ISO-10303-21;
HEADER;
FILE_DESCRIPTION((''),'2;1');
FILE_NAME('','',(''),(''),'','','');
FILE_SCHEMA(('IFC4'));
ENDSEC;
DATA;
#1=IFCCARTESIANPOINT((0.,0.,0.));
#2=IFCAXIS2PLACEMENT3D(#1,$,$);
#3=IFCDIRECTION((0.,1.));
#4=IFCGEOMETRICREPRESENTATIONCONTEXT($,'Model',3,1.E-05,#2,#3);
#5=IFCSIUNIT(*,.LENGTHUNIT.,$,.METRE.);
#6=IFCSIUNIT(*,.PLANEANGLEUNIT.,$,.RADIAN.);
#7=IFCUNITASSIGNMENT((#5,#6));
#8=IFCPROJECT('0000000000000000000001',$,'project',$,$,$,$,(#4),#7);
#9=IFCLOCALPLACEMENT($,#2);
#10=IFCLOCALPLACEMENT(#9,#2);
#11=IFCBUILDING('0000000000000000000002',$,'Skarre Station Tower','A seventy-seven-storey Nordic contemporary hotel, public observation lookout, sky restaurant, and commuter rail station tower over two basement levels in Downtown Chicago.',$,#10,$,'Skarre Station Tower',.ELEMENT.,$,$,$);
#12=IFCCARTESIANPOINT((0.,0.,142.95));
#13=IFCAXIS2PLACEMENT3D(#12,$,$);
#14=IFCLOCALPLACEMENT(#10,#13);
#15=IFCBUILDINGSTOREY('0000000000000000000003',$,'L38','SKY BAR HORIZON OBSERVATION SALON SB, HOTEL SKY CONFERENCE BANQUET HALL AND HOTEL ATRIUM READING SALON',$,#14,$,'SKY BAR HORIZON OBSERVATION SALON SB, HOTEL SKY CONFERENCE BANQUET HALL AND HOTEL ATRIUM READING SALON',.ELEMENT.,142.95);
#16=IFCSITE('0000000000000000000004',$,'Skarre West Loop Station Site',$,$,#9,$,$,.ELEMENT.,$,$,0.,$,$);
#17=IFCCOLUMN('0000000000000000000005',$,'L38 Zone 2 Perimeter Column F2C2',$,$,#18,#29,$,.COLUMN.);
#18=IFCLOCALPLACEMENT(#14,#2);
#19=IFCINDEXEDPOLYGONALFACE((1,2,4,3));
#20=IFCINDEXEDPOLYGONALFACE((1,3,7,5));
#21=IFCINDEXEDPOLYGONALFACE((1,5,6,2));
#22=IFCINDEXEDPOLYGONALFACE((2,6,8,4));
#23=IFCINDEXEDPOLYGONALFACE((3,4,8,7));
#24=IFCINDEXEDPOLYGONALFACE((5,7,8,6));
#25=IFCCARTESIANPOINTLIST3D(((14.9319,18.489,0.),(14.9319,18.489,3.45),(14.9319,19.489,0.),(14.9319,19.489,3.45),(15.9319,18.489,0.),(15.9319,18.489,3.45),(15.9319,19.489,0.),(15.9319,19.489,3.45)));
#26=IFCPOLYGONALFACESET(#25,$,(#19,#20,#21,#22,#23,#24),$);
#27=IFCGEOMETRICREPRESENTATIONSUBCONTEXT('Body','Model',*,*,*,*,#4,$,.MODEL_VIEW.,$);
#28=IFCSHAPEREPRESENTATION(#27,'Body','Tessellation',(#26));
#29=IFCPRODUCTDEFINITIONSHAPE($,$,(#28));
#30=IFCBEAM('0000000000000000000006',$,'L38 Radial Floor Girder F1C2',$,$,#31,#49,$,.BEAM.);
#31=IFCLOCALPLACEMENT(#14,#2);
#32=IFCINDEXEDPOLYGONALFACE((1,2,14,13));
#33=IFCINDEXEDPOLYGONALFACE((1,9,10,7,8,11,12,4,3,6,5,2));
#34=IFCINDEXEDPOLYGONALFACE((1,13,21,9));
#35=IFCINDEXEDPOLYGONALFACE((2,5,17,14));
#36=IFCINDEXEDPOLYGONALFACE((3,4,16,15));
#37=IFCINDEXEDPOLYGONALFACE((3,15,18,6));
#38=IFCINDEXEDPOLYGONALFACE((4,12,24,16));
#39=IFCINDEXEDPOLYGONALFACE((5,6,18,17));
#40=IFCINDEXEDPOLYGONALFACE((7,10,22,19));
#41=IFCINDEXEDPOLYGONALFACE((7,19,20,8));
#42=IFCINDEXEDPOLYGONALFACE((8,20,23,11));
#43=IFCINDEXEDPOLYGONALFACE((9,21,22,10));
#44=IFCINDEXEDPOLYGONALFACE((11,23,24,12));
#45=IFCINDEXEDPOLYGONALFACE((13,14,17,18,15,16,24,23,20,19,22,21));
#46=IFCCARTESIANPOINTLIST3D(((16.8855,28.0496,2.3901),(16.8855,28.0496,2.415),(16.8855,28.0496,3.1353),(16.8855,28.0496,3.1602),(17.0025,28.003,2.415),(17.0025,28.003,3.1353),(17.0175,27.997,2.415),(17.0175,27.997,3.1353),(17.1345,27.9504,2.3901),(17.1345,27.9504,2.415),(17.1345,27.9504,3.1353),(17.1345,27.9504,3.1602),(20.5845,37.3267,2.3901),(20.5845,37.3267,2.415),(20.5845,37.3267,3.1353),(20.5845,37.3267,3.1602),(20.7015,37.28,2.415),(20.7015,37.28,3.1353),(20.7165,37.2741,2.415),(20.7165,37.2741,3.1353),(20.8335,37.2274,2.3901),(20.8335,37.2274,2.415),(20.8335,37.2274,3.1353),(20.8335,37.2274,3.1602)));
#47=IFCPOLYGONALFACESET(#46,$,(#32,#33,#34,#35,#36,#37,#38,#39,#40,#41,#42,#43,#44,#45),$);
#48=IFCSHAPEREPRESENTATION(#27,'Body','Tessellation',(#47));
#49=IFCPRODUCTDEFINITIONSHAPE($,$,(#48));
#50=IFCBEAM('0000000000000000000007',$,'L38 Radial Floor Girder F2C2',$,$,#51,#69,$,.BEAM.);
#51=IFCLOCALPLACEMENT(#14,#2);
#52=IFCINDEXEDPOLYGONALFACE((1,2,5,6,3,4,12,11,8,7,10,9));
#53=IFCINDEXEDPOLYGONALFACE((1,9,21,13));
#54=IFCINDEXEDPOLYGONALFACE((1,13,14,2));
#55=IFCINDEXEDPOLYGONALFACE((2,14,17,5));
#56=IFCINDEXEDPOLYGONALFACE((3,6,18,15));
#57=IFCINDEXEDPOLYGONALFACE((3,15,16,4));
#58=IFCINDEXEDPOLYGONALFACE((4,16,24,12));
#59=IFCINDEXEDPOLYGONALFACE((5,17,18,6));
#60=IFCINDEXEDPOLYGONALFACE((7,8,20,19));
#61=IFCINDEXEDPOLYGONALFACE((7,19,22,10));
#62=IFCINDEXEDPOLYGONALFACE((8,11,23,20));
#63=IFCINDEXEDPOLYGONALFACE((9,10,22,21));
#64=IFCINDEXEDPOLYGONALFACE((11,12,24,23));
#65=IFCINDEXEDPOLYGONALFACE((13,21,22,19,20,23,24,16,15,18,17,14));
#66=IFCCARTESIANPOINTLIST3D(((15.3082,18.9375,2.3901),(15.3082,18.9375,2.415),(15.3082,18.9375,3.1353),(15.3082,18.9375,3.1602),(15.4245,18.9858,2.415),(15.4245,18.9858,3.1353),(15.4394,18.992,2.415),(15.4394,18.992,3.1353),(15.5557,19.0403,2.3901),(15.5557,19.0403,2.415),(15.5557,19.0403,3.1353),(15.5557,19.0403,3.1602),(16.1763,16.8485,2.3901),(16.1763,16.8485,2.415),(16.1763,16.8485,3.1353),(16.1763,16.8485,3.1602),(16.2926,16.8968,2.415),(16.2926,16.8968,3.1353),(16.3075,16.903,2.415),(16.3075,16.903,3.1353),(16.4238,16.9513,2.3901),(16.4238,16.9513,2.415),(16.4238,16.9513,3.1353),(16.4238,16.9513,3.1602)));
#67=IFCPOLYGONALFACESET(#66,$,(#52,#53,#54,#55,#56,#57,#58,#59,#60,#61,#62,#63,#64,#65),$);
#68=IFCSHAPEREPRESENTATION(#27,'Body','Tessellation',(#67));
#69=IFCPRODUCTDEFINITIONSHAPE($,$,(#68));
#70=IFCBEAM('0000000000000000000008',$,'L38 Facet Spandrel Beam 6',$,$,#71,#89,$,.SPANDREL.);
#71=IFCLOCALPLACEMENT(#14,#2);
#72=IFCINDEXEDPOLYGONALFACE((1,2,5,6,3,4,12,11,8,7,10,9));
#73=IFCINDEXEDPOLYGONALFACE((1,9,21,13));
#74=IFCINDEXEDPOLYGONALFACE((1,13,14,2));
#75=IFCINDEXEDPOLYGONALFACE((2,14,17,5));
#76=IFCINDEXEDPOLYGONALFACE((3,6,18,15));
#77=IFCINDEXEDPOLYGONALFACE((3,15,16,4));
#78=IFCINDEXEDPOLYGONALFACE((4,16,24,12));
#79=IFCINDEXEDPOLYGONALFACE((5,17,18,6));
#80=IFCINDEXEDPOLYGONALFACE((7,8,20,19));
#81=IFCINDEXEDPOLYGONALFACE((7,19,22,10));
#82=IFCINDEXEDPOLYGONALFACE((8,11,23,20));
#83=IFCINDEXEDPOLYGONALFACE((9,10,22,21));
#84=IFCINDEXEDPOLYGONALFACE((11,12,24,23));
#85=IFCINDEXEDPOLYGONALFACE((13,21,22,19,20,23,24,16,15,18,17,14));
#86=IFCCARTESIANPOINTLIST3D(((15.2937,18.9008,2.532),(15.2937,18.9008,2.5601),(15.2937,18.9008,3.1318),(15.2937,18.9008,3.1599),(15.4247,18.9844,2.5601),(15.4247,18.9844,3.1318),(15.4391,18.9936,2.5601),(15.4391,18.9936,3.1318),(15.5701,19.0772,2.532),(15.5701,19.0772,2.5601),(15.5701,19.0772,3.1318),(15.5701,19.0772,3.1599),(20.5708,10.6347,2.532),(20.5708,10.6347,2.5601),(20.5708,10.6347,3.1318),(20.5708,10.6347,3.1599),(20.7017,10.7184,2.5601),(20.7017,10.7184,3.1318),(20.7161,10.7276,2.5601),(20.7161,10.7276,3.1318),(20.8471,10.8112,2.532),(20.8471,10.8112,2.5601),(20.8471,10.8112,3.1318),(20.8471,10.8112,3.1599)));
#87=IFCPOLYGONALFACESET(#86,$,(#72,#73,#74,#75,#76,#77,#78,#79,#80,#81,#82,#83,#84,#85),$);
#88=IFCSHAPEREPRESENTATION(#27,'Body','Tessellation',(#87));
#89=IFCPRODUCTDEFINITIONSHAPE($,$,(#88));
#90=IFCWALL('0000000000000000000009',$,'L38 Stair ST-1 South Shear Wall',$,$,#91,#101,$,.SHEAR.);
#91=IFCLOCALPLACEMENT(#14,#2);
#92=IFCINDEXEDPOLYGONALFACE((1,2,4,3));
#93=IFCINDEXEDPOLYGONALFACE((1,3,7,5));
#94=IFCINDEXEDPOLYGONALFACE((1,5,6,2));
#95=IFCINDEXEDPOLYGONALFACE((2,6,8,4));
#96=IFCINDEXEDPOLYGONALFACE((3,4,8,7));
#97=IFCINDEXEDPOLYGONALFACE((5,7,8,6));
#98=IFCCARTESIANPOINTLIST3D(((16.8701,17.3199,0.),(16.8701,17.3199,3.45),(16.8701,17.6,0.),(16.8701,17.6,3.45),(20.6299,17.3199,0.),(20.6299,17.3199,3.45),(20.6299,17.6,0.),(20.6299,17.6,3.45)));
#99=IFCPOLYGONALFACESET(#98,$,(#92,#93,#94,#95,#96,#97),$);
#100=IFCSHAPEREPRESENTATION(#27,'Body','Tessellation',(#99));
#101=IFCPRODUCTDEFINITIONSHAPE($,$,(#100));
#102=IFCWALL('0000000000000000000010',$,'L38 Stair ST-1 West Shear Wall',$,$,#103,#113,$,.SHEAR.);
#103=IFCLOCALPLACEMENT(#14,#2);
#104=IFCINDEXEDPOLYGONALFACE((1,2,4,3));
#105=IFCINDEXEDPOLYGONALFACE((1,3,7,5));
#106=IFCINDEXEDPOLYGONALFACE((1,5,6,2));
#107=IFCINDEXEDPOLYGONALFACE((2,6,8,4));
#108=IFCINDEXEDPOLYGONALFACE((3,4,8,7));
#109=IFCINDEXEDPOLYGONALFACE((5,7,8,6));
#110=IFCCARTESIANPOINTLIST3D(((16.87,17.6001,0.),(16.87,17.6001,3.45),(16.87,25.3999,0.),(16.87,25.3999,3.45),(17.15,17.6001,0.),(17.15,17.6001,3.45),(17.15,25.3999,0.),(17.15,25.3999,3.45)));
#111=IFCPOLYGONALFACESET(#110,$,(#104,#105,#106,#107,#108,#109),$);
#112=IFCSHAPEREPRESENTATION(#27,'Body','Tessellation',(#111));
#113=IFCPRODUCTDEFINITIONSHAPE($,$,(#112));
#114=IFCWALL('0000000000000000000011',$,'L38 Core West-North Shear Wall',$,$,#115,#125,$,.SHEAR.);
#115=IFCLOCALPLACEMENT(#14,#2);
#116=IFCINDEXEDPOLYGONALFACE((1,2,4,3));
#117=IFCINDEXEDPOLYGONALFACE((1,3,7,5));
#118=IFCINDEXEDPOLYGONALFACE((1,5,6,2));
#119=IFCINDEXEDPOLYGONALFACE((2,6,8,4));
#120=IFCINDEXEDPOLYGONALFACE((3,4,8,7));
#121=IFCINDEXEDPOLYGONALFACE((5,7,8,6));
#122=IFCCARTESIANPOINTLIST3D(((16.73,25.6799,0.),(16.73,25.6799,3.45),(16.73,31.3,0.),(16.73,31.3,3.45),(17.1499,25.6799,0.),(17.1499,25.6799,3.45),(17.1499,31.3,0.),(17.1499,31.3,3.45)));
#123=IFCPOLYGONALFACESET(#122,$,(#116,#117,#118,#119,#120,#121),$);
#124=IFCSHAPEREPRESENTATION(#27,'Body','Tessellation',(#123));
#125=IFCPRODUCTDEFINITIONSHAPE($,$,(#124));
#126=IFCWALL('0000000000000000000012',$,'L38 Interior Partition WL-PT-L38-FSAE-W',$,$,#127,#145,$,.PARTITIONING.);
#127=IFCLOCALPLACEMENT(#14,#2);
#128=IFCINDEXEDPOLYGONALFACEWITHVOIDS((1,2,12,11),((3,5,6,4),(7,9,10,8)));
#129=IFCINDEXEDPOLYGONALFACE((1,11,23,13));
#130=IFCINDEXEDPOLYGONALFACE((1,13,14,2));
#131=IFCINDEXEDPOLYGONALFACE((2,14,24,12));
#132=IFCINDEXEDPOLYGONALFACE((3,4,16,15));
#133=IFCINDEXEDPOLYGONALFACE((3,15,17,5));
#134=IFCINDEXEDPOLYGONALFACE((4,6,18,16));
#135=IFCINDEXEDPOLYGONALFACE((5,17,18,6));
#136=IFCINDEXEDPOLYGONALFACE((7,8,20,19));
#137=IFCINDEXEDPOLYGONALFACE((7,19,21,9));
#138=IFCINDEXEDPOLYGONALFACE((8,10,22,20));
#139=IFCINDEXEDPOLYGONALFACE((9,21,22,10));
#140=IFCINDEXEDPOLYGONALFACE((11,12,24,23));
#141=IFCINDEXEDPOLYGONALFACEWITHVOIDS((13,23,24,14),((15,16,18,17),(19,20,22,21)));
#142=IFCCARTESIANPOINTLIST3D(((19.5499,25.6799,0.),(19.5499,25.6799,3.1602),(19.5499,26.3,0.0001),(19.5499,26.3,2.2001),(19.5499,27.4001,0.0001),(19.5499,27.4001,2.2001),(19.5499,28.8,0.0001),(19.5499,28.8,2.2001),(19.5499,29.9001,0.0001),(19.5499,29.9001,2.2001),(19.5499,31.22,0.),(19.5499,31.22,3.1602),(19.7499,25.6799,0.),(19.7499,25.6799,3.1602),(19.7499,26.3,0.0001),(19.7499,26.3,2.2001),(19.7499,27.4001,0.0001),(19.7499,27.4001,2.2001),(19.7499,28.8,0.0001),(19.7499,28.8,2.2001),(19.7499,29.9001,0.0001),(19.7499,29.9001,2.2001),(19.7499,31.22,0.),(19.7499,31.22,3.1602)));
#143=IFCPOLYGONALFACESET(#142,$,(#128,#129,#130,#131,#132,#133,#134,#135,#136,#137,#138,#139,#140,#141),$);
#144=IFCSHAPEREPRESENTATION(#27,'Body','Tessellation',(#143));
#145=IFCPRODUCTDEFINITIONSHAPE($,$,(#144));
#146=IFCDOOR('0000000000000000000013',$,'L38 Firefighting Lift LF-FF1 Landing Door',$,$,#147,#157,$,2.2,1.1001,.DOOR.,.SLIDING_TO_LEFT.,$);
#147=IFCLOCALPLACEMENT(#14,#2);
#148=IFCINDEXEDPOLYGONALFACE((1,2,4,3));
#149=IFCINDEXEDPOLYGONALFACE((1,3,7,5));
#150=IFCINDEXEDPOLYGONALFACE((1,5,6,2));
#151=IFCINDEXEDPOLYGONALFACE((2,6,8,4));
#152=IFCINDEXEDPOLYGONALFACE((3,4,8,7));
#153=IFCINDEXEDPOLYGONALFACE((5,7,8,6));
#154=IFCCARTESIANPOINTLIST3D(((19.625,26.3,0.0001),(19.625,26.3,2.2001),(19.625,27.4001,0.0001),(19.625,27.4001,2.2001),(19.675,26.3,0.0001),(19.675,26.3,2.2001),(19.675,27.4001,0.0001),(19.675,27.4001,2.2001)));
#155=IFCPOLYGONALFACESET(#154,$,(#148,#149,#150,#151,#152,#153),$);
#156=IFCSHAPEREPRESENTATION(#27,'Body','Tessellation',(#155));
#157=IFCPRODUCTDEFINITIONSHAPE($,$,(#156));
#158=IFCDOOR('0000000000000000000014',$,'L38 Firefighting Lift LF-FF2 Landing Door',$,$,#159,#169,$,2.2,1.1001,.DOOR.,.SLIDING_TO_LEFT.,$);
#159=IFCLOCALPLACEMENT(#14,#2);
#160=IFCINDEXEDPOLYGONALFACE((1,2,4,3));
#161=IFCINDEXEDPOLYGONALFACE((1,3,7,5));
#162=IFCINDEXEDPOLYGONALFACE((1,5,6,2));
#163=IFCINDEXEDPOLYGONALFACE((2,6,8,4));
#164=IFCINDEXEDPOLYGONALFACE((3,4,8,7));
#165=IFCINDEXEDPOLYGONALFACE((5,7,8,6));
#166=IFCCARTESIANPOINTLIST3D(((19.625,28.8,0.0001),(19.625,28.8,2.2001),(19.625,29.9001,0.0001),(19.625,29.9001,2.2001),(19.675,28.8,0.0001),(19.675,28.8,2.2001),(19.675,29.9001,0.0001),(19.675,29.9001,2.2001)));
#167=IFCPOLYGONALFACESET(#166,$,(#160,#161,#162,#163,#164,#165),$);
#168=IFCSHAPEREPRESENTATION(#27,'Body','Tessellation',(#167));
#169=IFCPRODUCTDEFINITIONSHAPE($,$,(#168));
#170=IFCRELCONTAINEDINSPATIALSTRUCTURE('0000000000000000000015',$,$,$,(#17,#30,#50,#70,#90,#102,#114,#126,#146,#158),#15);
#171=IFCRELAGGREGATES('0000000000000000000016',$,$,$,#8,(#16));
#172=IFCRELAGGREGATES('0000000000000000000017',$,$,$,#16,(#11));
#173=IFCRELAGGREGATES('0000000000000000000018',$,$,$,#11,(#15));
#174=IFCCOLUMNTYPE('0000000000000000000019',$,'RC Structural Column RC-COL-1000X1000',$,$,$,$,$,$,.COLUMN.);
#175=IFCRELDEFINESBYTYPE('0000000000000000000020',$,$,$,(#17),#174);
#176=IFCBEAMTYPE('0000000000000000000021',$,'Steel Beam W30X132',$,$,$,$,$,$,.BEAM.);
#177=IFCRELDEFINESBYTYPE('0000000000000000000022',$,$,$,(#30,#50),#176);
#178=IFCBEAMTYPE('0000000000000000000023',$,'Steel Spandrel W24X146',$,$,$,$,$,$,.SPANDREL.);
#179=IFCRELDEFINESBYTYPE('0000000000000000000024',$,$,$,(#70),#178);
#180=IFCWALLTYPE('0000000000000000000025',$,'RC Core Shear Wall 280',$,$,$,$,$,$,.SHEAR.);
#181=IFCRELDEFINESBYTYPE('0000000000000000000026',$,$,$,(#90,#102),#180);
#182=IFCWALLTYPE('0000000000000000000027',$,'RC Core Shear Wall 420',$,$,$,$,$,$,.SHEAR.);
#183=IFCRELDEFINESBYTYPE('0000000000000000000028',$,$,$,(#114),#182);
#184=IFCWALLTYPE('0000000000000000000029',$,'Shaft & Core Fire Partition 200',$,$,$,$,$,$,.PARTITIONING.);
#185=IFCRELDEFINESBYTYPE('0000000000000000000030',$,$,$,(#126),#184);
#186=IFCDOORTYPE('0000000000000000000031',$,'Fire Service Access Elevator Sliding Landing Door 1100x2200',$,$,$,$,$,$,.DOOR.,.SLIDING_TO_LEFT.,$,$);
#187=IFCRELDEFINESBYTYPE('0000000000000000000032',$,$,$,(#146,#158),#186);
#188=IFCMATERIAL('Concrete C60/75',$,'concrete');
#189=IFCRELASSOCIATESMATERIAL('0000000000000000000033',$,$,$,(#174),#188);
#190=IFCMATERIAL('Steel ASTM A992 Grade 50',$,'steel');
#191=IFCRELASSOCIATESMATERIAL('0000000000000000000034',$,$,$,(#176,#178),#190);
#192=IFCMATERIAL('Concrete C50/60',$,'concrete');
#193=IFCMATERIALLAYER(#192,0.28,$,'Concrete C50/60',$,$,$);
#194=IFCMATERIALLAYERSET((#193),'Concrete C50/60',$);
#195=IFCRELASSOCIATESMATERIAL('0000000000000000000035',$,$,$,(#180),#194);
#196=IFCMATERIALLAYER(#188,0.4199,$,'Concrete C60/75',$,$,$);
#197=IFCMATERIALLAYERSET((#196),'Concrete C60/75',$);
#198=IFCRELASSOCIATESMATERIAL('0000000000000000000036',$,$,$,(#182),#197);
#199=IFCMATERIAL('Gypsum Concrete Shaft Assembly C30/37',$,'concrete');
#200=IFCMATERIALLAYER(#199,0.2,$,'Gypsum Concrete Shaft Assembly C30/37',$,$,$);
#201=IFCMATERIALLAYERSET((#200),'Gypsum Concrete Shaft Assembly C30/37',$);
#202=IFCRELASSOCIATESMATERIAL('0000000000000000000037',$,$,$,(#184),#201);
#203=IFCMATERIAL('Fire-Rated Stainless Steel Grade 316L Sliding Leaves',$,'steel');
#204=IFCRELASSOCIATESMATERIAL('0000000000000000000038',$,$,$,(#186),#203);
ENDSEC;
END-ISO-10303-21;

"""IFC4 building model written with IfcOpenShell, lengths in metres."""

from ifc_helpers import new_model, si_unit, direction, frame, frame_2d, origin, origin_2d, place, context, subcontext, project, spatial, rectangle, i_section, extrude, material, layer, layer_set, material_profile, profile_set, type_object, element, fill, save


model = new_model("IFC4")

# Units and contexts
model_context = context("Model", 3, precision=1e-05, world=origin(), true_north=direction((0.0, 1.0)))
body_context = subcontext(model_context, "Body", "Model", "MODEL_VIEW")
ifc_project = project(units=[si_unit("LENGTHUNIT", "METRE"), si_unit("PLANEANGLEUNIT", "RADIAN")], contexts=[model_context])

# Site, building, storey
site_placement = place(None, origin())
site = spatial("IfcSite", under=ifc_project, at=site_placement, Name="Skarre West Loop Station Site", CompositionType="ELEMENT", RefElevation=0.0)
building_placement = place(site_placement, origin())
building = spatial("IfcBuilding", under=site, at=building_placement, Name="Skarre Station Tower", Description="A seventy-seven-storey Nordic contemporary hotel, public observation lookout, sky restaurant, and commuter rail station tower over two basement levels in Downtown Chicago.", LongName="Skarre Station Tower", CompositionType="ELEMENT")
storey_placement = place(building_placement, frame((0.0, 0.0, 142.95)))
storey = spatial("IfcBuildingStorey", under=building, at=storey_placement, Name="L38", Description="SKY BAR HORIZON OBSERVATION SALON SB, HOTEL SKY CONFERENCE BANQUET HALL AND HOTEL ATRIUM READING SALON", LongName="SKY BAR HORIZON OBSERVATION SALON SB, HOTEL SKY CONFERENCE BANQUET HALL AND HOTEL ATRIUM READING SALON", CompositionType="ELEMENT", Elevation=142.95)

# Column
ifc_material_1 = material(Name="Concrete C60/75", Category="concrete")
ifc_material_profile_1 = material_profile(ifc_material_1, rectangle(XDim=1.0, YDim=1.0, at=origin_2d()), Name="Concrete C60/75")
ifc_profile_set_1 = profile_set([ifc_material_profile_1], Name="Concrete C60/75")
column_type = type_object("IfcColumnType", Name="RC Structural Column RC-COL-1000X1000", PredefinedType="COLUMN", material=ifc_profile_set_1)
column_placement = place(storey_placement, frame((15.4319, 18.989, 0.0), z_axis=(0.0, 0.0, 1.0), x_axis=(1.0, 0.0, 0.0)))
element("IfcColumn", 1, at=column_placement, inside=storey, type_object=column_type, Name="L38 Zone 2 Perimeter Column F2C2", PredefinedType="COLUMN", context=body_context, shape_type="SweptSolid", body=[
    extrude(rectangle(XDim=1.0, YDim=1.0, at=origin_2d()), origin(), (0.0, 0.0, 1.0), 3.45),
])

# Beams
ifc_material_2 = material(Name="Steel ASTM A992 Grade 50", Category="steel")
ifc_material_profile_2 = material_profile(ifc_material_2, i_section(OverallWidth=0.2681, OverallDepth=0.77, WebThickness=0.0161, FlangeThickness=0.0249, at=origin_2d()), Name="Steel ASTM A992 Grade 50")
ifc_profile_set_2 = profile_set([ifc_material_profile_2], Name="Steel ASTM A992 Grade 50")
beam_type_1 = type_object("IfcBeamType", Name="Steel Beam W30X132", PredefinedType="BEAM", material=ifc_profile_set_2)
beam_1_placement = place(storey_placement, frame((17.01, 28.0, 2.7751), z_axis=(0.370366, 0.928886, 0.0), x_axis=(-0.928886, 0.370366, 0.0)))
element("IfcBeam", 2, at=beam_1_placement, inside=storey, type_object=beam_type_1, Name="L38 Radial Floor Girder F1C2", PredefinedType="BEAM", context=body_context, shape_type="SweptSolid", body=[
    extrude(i_section(OverallWidth=0.2681, OverallDepth=0.77, WebThickness=0.0161, FlangeThickness=0.0249, at=origin_2d()), origin(), (0.0, 0.0, 1.0), 9.9873),
])
beam_2_placement = place(storey_placement, frame((16.3, 16.8999, 2.7751), z_axis=(-0.383749, 0.923437, 0.0), x_axis=(-0.923437, -0.383749, 0.0)))
element("IfcBeam", 3, at=beam_2_placement, inside=storey, type_object=beam_type_1, Name="L38 Radial Floor Girder F2C2", PredefinedType="BEAM", context=body_context, shape_type="SweptSolid", body=[
    extrude(i_section(OverallWidth=0.2681, OverallDepth=0.77, WebThickness=0.0161, FlangeThickness=0.0249, at=origin_2d()), origin(), (0.0, 0.0, 1.0), 2.2622),
])
ifc_material_profile_3 = material_profile(ifc_material_2, i_section(OverallWidth=0.3279, OverallDepth=0.6279, WebThickness=0.0171, FlangeThickness=0.0281, at=origin_2d()), Name="Steel ASTM A992 Grade 50")
ifc_profile_set_3 = profile_set([ifc_material_profile_3], Name="Steel ASTM A992 Grade 50")
beam_type_2 = type_object("IfcBeamType", Name="Steel Spandrel W24X146", PredefinedType="SPANDREL", material=ifc_profile_set_3)
beam_3_placement = place(storey_placement, frame((15.4319, 18.989, 2.8459), z_axis=(0.538098, -0.842883, 0.0), x_axis=(0.842883, 0.538098, 0.0)))
element("IfcBeam", 4, at=beam_3_placement, inside=storey, type_object=beam_type_2, Name="L38 Facet Spandrel Beam 6", PredefinedType="SPANDREL", context=body_context, shape_type="SweptSolid", body=[
    extrude(i_section(OverallWidth=0.3279, OverallDepth=0.6279, WebThickness=0.0171, FlangeThickness=0.0281, at=origin_2d()), origin(), (0.0, 0.0, 1.0), 9.8069),
])

# Walls
ifc_material_3 = material(Name="Concrete C50/60", Category="concrete")
ifc_layer_1 = layer(ifc_material_3, 0.28, Name="Concrete C50/60")
ifc_layer_set_1 = layer_set([ifc_layer_1], Name="Concrete C50/60")
wall_type_1 = type_object("IfcWallType", Name="RC Core Shear Wall 280", PredefinedType="SHEAR", material=ifc_layer_set_1)
wall_1_placement = place(storey_placement, frame((16.8701, 17.46, 0.0), z_axis=(0.0, 0.0, 1.0), x_axis=(1.0, 0.0, 0.0)))
element("IfcWall", 5, at=wall_1_placement, inside=storey, type_object=wall_type_1, Name="L38 Stair ST-1 South Shear Wall", PredefinedType="SHEAR", context=body_context, shape_type="SweptSolid", body=[
    extrude(rectangle(XDim=3.7598, YDim=0.28, at=frame_2d((1.8799, 0.0))), origin(), (0.0, 0.0, 1.0), 3.45),
])
wall_2_placement = place(storey_placement, frame((17.01, 25.3999, 0.0), z_axis=(0.0, 0.0, 1.0), x_axis=(0.0, -1.0, 0.0)))
element("IfcWall", 6, at=wall_2_placement, inside=storey, type_object=wall_type_1, Name="L38 Stair ST-1 West Shear Wall", PredefinedType="SHEAR", context=body_context, shape_type="SweptSolid", body=[
    extrude(rectangle(XDim=7.7998, YDim=0.28, at=frame_2d((3.8999, 0.0))), origin(), (0.0, 0.0, 1.0), 3.45),
])
ifc_layer_2 = layer(ifc_material_1, 0.4199, Name="Concrete C60/75")
ifc_layer_set_2 = layer_set([ifc_layer_2], Name="Concrete C60/75")
wall_type_2 = type_object("IfcWallType", Name="RC Core Shear Wall 420", PredefinedType="SHEAR", material=ifc_layer_set_2)
wall_3_placement = place(storey_placement, frame((16.9399, 25.6799, 0.0), z_axis=(0.0, 0.0, 1.0), x_axis=(0.0, 1.0, 0.0)))
element("IfcWall", 7, at=wall_3_placement, inside=storey, type_object=wall_type_2, Name="L38 Core West-North Shear Wall", PredefinedType="SHEAR", context=body_context, shape_type="SweptSolid", body=[
    extrude(rectangle(XDim=5.6201, YDim=0.4199, at=frame_2d((2.8101, 0.0))), origin(), (0.0, 0.0, 1.0), 3.45),
])

# Wall, openings, doors
ifc_material_4 = material(Name="Gypsum Concrete Shaft Assembly C30/37", Category="concrete")
ifc_layer_3 = layer(ifc_material_4, 0.2, Name="Gypsum Concrete Shaft Assembly C30/37")
ifc_layer_set_3 = layer_set([ifc_layer_3], Name="Gypsum Concrete Shaft Assembly C30/37")
wall_type_3 = type_object("IfcWallType", Name="Shaft & Core Fire Partition 200", PredefinedType="PARTITIONING", material=ifc_layer_set_3)
wall_4_placement = place(storey_placement, frame((19.6499, 25.6799, 0.0), z_axis=(0.0, 0.0, 1.0), x_axis=(0.0, 1.0, 0.0)))
wall_4 = element("IfcWall", 8, at=wall_4_placement, inside=storey, type_object=wall_type_3, Name="L38 Interior Partition WL-PT-L38-FSAE-W", PredefinedType="PARTITIONING", context=body_context, shape_type="SweptSolid", body=[
    extrude(rectangle(XDim=5.54, YDim=0.2, at=frame_2d((2.77, 0.0))), origin(), (0.0, 0.0, 1.0), 3.1602),
])
opening_1_placement = place(wall_4_placement, frame((0.6201, 0.0, 0.0)))
opening_1 = element("IfcOpeningElement", 9, at=opening_1_placement, cuts=wall_4, PredefinedType="OPENING", context=body_context, shape_type="SweptSolid", body=[
    extrude(rectangle(XDim=1.1001, YDim=2.2, at=frame_2d((0.55, 1.1001))), frame((0.0, 0.1099, 0.0), z_axis=(0.0, -1.0, 0.0), x_axis=(1.0, 0.0, 0.0)), (0.0, 0.0, 1.0), 0.22),
])
opening_2_placement = place(wall_4_placement, frame((3.1201, 0.0, 0.0)))
opening_2 = element("IfcOpeningElement", 10, at=opening_2_placement, cuts=wall_4, PredefinedType="OPENING", context=body_context, shape_type="SweptSolid", body=[
    extrude(rectangle(XDim=1.1001, YDim=2.2, at=frame_2d((0.55, 1.1001))), frame((0.0, 0.1099, 0.0), z_axis=(0.0, -1.0, 0.0), x_axis=(1.0, 0.0, 0.0)), (0.0, 0.0, 1.0), 0.22),
])
ifc_material_5 = material(Name="Fire-Rated Stainless Steel Grade 316L Sliding Leaves", Category="steel")
door_type = type_object("IfcDoorType", Name="Fire Service Access Elevator Sliding Landing Door 1100x2200", OperationType="SLIDING_TO_LEFT", PredefinedType="DOOR", material=ifc_material_5)
door_1_placement = place(opening_1_placement, origin())
door_1 = element("IfcDoor", 11, at=door_1_placement, inside=storey, type_object=door_type, Name="L38 Firefighting Lift LF-FF1 Landing Door", OperationType="SLIDING_TO_LEFT", OverallHeight=2.2, OverallWidth=1.1001, PredefinedType="DOOR", context=body_context, shape_type="SweptSolid", body=[
    extrude(rectangle(XDim=1.1001, YDim=2.2, at=frame_2d((0.55, 1.1001))), frame((0.0, 0.0249, 0.0), z_axis=(0.0, -1.0, 0.0), x_axis=(1.0, 0.0, 0.0)), (0.0, 0.0, 1.0), 0.05),
])
fill(opening_1, door_1)
door_2_placement = place(opening_2_placement, origin())
door_2 = element("IfcDoor", 12, at=door_2_placement, inside=storey, type_object=door_type, Name="L38 Firefighting Lift LF-FF2 Landing Door", OperationType="SLIDING_TO_LEFT", OverallHeight=2.2, OverallWidth=1.1001, PredefinedType="DOOR", context=body_context, shape_type="SweptSolid", body=[
    extrude(rectangle(XDim=1.1001, YDim=2.2, at=frame_2d((0.55, 1.1001))), frame((0.0, 0.0249, 0.0), z_axis=(0.0, -1.0, 0.0), x_axis=(1.0, 0.0, 0.0)), (0.0, 0.0, 1.0), 0.05),
])
fill(opening_2, door_2)

save(model, "model.ifc")
